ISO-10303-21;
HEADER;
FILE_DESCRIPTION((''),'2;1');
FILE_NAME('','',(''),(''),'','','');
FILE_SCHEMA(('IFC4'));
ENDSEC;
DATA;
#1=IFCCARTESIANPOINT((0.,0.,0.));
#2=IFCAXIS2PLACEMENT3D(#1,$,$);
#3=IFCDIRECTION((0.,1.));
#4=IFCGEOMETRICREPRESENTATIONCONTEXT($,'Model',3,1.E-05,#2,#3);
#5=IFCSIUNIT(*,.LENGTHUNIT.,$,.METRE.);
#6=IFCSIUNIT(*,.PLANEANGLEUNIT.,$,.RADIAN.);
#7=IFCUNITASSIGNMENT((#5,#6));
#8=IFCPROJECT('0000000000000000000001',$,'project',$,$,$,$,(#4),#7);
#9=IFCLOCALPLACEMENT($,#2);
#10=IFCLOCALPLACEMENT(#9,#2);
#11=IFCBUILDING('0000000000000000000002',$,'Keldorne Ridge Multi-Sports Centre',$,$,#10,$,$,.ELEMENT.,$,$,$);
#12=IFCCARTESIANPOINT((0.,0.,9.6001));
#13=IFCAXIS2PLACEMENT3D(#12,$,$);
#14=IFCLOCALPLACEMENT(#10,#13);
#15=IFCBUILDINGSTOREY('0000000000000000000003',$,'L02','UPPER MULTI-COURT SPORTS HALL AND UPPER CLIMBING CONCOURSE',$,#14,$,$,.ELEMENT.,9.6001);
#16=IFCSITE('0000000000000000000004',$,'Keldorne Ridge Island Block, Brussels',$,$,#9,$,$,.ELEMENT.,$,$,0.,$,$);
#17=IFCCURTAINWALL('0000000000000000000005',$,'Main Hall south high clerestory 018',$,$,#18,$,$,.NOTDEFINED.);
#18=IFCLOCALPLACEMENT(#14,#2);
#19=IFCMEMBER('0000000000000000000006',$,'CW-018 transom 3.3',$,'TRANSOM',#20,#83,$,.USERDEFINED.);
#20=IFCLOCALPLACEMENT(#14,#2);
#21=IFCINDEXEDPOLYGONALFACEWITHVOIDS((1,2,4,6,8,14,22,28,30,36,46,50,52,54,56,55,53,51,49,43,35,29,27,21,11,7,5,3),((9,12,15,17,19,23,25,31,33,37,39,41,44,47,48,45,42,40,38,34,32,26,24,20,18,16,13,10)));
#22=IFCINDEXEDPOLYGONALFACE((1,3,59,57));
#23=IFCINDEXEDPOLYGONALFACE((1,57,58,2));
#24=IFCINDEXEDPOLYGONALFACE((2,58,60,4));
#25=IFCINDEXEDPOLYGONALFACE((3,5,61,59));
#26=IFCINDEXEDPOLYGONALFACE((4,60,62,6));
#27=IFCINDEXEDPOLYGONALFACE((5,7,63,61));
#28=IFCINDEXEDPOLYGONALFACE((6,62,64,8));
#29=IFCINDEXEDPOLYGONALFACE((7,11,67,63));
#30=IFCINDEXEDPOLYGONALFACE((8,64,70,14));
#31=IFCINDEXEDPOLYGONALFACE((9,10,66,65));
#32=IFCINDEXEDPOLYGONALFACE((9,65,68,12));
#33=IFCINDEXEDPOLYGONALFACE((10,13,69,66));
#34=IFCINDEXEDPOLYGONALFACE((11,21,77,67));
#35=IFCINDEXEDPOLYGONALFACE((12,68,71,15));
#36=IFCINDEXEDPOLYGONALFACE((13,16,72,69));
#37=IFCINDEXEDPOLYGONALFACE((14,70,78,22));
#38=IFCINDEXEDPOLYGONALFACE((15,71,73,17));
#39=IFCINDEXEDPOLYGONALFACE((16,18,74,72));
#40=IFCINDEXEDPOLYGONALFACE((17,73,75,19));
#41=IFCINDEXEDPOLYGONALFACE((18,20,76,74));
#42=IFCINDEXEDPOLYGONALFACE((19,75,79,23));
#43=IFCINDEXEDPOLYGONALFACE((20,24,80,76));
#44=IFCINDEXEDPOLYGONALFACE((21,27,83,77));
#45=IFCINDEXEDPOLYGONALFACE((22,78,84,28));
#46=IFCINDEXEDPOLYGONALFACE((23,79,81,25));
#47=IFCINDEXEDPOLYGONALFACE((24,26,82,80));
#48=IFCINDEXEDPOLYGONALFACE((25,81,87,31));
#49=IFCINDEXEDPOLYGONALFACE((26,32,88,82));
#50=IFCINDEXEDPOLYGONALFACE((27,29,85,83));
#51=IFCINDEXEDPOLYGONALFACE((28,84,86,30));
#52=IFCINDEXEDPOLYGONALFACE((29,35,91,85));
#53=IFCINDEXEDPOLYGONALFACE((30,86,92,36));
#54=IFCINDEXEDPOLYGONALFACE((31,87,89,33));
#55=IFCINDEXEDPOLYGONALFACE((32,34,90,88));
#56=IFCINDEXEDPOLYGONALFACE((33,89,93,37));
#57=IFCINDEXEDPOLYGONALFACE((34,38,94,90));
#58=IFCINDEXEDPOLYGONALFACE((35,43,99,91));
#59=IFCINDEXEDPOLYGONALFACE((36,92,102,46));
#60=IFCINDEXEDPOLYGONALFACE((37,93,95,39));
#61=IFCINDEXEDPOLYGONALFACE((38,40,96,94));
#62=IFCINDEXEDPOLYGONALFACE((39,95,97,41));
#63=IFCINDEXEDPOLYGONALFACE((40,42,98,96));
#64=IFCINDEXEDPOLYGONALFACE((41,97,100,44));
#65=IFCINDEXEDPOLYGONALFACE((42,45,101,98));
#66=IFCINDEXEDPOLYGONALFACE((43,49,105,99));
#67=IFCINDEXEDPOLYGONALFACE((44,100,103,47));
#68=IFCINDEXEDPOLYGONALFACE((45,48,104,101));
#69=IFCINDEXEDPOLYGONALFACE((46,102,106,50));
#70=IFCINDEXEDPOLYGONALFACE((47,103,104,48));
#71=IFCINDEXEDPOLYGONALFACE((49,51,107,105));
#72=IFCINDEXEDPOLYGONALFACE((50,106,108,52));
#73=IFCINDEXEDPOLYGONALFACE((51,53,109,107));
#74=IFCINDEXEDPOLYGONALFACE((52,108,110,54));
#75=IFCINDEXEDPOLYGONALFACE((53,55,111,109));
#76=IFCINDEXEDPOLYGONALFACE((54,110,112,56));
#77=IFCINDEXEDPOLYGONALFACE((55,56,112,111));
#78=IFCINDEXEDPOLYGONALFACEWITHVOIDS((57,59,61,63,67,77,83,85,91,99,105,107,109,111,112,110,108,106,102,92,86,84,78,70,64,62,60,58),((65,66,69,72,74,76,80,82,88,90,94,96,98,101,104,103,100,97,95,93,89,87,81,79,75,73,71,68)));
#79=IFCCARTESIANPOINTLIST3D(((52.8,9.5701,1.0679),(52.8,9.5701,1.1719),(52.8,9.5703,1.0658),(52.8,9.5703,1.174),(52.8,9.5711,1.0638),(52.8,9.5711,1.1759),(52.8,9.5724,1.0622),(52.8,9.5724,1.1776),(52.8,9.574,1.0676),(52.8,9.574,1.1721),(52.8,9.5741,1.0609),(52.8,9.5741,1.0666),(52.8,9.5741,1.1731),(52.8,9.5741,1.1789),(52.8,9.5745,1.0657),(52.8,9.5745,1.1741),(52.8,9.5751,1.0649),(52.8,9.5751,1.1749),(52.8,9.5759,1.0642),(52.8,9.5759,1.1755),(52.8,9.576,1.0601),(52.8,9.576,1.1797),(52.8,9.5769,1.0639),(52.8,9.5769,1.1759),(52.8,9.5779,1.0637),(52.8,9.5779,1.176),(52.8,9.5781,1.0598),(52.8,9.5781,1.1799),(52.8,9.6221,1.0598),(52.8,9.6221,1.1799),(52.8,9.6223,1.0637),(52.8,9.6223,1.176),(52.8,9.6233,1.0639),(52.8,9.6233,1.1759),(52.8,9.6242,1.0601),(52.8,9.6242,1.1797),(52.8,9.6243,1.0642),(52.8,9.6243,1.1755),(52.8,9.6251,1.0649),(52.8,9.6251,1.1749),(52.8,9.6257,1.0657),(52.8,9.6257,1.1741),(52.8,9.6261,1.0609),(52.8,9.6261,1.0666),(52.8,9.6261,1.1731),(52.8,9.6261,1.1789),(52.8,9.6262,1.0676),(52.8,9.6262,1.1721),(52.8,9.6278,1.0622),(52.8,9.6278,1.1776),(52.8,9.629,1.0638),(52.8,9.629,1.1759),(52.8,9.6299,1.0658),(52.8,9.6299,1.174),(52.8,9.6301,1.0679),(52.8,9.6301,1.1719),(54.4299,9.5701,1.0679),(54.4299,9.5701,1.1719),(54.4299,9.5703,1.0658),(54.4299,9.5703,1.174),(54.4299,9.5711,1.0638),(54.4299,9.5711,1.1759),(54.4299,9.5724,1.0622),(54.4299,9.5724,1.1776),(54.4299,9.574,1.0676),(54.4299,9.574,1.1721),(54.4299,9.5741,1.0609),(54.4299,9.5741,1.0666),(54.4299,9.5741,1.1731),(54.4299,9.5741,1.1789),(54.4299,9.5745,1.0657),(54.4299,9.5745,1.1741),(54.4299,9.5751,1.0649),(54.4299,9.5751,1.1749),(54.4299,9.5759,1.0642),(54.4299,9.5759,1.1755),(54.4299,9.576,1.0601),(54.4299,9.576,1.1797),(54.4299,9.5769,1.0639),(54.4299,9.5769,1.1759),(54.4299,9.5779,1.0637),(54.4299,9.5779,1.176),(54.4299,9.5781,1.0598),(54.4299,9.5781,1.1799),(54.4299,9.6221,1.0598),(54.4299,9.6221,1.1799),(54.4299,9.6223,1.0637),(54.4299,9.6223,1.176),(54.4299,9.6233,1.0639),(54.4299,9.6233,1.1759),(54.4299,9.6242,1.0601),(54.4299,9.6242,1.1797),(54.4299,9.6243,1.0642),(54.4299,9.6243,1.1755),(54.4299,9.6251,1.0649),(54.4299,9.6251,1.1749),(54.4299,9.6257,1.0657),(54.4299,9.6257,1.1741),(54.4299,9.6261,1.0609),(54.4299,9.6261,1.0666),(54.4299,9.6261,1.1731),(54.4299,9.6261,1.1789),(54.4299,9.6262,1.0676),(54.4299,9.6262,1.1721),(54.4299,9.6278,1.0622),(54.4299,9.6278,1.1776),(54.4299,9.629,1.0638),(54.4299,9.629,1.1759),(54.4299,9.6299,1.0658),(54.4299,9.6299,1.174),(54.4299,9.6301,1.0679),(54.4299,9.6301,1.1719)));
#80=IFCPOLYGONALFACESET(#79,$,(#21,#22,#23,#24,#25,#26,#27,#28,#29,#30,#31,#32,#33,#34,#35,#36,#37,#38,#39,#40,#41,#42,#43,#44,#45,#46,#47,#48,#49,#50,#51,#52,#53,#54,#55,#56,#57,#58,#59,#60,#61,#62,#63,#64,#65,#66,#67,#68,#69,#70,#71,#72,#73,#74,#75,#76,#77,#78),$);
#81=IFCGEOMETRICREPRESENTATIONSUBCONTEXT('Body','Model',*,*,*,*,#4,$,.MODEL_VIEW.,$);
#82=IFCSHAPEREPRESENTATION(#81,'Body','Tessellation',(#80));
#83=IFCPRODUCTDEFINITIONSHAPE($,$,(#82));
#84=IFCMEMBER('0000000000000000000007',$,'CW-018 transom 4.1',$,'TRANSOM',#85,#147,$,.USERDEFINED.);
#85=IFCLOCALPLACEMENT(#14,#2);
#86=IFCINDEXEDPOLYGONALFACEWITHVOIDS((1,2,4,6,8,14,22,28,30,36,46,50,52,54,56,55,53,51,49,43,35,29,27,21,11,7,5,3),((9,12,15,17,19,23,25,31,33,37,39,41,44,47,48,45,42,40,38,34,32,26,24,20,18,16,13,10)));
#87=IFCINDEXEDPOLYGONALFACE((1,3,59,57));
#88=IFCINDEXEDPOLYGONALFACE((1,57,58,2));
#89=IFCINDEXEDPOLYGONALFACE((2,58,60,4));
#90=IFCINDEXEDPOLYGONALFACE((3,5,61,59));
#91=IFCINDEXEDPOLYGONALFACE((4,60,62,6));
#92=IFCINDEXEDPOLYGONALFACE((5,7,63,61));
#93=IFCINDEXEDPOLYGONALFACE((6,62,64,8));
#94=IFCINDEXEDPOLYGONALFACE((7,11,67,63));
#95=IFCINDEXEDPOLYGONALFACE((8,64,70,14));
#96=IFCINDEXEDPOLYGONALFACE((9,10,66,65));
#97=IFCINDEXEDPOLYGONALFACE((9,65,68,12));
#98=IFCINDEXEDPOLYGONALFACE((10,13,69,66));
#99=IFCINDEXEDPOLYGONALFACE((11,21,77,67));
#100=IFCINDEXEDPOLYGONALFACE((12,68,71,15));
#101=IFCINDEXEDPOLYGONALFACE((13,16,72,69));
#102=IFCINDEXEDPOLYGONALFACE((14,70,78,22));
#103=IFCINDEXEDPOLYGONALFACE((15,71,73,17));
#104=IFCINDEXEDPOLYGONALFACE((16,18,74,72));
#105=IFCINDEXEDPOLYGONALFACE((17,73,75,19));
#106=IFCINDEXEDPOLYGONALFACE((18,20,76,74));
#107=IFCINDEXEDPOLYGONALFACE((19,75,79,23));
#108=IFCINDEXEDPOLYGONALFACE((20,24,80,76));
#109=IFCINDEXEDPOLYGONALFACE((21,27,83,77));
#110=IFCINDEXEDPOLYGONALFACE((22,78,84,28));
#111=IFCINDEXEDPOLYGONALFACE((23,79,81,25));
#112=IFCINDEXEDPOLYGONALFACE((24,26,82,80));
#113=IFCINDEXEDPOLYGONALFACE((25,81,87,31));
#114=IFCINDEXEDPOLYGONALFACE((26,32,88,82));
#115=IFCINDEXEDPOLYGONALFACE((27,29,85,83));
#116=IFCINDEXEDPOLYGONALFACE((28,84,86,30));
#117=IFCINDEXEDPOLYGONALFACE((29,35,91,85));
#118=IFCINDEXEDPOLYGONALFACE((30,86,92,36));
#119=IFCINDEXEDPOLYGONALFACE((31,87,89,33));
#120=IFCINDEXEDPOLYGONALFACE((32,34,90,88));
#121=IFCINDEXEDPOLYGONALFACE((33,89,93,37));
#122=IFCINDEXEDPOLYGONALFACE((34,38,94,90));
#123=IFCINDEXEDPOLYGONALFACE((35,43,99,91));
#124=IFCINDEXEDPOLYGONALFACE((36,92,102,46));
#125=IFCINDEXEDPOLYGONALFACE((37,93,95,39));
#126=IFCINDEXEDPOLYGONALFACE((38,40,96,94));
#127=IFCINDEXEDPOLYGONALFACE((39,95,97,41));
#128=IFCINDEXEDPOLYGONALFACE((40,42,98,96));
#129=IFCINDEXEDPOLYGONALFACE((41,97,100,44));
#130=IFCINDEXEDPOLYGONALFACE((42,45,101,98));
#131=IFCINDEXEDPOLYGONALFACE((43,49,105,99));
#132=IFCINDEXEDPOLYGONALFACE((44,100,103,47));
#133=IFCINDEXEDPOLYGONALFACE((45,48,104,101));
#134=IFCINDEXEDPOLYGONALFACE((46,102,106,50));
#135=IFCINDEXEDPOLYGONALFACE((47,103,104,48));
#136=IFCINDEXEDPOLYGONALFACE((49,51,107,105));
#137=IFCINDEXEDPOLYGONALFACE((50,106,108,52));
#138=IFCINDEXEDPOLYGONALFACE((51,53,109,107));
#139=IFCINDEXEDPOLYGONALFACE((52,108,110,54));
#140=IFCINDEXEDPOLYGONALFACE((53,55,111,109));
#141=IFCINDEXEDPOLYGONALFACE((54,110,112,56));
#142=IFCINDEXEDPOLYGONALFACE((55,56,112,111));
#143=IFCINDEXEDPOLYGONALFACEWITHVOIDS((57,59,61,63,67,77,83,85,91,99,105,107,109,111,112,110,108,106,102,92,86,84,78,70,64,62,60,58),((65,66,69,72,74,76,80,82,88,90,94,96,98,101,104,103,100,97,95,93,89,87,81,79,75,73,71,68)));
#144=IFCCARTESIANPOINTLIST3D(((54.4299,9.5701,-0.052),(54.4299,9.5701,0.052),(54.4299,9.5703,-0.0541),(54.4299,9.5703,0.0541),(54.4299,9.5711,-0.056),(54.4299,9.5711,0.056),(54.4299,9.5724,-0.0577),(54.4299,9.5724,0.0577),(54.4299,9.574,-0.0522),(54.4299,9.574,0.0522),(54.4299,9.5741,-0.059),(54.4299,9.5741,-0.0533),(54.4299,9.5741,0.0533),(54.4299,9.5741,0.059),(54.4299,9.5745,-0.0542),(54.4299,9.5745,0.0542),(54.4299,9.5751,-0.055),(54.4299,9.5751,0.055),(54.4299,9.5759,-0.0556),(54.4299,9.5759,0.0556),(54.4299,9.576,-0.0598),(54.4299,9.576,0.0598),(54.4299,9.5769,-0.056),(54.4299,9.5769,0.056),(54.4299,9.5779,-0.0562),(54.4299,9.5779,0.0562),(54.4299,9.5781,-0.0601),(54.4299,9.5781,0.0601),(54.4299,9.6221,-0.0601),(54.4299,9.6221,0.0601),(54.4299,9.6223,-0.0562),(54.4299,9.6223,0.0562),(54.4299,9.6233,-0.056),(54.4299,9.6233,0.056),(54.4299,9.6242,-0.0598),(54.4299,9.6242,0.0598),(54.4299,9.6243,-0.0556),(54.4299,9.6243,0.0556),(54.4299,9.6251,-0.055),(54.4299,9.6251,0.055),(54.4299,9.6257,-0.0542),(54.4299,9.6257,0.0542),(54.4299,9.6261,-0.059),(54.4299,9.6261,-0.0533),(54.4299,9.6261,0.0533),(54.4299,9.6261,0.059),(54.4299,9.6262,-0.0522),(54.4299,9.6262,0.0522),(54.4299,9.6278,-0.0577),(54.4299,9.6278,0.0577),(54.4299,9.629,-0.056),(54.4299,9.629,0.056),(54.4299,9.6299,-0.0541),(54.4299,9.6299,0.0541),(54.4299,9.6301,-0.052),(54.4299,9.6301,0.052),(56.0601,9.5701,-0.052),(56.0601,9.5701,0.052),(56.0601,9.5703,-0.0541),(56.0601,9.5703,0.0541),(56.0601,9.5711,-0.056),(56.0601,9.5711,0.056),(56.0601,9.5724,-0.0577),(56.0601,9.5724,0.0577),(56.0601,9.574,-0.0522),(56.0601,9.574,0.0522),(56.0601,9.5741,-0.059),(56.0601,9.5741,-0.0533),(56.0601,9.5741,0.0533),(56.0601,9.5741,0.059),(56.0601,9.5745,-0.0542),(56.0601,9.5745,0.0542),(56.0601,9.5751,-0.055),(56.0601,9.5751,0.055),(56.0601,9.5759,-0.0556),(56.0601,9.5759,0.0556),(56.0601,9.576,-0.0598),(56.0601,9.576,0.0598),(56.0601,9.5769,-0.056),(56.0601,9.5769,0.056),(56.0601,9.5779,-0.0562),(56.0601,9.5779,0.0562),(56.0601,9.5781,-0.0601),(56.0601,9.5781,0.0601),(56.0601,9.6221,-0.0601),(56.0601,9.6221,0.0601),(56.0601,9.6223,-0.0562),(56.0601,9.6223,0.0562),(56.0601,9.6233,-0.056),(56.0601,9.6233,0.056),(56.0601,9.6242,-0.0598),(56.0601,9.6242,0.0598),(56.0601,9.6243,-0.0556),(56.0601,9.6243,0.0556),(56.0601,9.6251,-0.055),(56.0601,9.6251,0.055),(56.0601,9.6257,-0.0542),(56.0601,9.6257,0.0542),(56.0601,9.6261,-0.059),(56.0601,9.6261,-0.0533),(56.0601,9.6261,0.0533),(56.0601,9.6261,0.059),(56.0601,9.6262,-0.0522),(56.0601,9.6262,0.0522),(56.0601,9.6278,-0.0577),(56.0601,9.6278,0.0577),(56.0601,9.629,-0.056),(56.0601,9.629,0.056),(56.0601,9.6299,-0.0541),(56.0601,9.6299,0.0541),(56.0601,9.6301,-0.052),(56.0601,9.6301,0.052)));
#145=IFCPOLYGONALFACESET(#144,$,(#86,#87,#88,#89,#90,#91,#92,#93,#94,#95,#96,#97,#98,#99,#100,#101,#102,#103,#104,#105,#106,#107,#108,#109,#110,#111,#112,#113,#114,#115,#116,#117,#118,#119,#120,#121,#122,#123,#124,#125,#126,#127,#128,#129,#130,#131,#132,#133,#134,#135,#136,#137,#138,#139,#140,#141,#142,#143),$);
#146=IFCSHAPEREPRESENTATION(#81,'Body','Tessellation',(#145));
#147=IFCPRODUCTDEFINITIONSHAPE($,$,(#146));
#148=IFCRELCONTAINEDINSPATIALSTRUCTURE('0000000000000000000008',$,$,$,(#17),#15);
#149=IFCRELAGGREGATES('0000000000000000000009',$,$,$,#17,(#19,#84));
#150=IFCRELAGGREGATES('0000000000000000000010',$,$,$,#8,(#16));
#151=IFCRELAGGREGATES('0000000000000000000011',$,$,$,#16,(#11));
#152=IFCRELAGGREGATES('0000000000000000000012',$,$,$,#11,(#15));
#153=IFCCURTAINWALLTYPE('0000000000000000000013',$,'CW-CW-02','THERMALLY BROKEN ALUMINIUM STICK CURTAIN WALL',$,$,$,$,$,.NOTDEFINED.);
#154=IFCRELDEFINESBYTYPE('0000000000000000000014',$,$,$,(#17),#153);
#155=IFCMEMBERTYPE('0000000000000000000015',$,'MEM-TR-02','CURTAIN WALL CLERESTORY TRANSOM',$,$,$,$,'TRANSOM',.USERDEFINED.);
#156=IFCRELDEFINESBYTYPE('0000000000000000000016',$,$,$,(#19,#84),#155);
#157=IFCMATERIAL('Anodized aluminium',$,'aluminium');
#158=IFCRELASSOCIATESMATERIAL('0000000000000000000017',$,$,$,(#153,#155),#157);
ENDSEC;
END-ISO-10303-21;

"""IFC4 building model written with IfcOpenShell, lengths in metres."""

from ifc_helpers import new_model, si_unit, direction, frame, origin, origin_2d, place, context, subcontext, project, spatial, hollow_rectangle, extrude, material, material_profile, profile_set, type_object, element, aggregate, save


model = new_model("IFC4")

# Units and contexts
model_context = context("Model", 3, precision=1e-05, world=origin(), true_north=direction((0.0, 1.0)))
body_context = subcontext(model_context, "Body", "Model", "MODEL_VIEW")
ifc_project = project(units=[si_unit("LENGTHUNIT", "METRE"), si_unit("PLANEANGLEUNIT", "RADIAN")], contexts=[model_context])

# Site, building, storey
site_placement = place(None, origin())
site = spatial("IfcSite", under=ifc_project, at=site_placement, Name="Keldorne Ridge Island Block, Brussels", CompositionType="ELEMENT", RefElevation=0.0)
building_placement = place(site_placement, origin())
building = spatial("IfcBuilding", under=site, at=building_placement, Name="Keldorne Ridge Multi-Sports Centre", CompositionType="ELEMENT")
storey_placement = place(building_placement, frame((0.0, 0.0, 9.6001)))
storey = spatial("IfcBuildingStorey", under=building, at=storey_placement, Name="L02", Description="UPPER MULTI-COURT SPORTS HALL AND UPPER CLIMBING CONCOURSE", CompositionType="ELEMENT", Elevation=9.6001)

# Curtain wall, members
ifc_material_1 = material(Name="Anodized aluminium", Category="aluminium")
curtain_wall_type = type_object("IfcCurtainWallType", Name="CW-CW-02", Description="THERMALLY BROKEN ALUMINIUM STICK CURTAIN WALL", PredefinedType="NOTDEFINED", material=ifc_material_1)
curtain_wall_placement = place(storey_placement, origin())
curtain_wall = element("IfcCurtainWall", 1, at=curtain_wall_placement, inside=storey, type_object=curtain_wall_type, Name="Main Hall south high clerestory 018", PredefinedType="NOTDEFINED")
ifc_material_profile_1 = material_profile(ifc_material_1, hollow_rectangle(XDim=0.0601, YDim=0.1201, WallThickness=0.0039, InnerFilletRadius=0.0039, OuterFilletRadius=0.0081, at=origin_2d()), Name="ALU TRANSOM 120x60x4")
ifc_profile_set_1 = profile_set([ifc_material_profile_1], Name="Anodized aluminium")
member_type_1 = type_object("IfcMemberType", Name="MEM-TR-02", Description="CURTAIN WALL CLERESTORY TRANSOM", ElementType="TRANSOM", PredefinedType="USERDEFINED", material=ifc_profile_set_1)
member_1_placement = place(storey_placement, frame((52.8, 9.6001, 1.1199), z_axis=(1.0, 0.0, 0.0), x_axis=(0.0, 1.0, 0.0)))
member_1 = element("IfcMember", 2, at=member_1_placement, type_object=member_type_1, Name="CW-018 transom 3.3", ObjectType="TRANSOM", PredefinedType="USERDEFINED", context=body_context, shape_type="SweptSolid", body=[
    extrude(hollow_rectangle(XDim=0.0601, YDim=0.1201, WallThickness=0.0039, InnerFilletRadius=0.0039, OuterFilletRadius=0.0081, at=origin_2d()), origin(), (0.0, 0.0, 1.0), 1.6299),
])
member_2_placement = place(storey_placement, frame((54.4299, 9.6001, 0.0), z_axis=(1.0, 0.0, 0.0), x_axis=(0.0, 1.0, 0.0)))
member_2 = element("IfcMember", 3, at=member_2_placement, type_object=member_type_1, Name="CW-018 transom 4.1", ObjectType="TRANSOM", PredefinedType="USERDEFINED", context=body_context, shape_type="SweptSolid", body=[
    extrude(hollow_rectangle(XDim=0.0601, YDim=0.1201, WallThickness=0.0039, InnerFilletRadius=0.0039, OuterFilletRadius=0.0081, at=origin_2d()), origin(), (0.0, 0.0, 1.0), 1.6301),
])
aggregate(curtain_wall, [member_1, member_2])

save(model, "model.ifc")
